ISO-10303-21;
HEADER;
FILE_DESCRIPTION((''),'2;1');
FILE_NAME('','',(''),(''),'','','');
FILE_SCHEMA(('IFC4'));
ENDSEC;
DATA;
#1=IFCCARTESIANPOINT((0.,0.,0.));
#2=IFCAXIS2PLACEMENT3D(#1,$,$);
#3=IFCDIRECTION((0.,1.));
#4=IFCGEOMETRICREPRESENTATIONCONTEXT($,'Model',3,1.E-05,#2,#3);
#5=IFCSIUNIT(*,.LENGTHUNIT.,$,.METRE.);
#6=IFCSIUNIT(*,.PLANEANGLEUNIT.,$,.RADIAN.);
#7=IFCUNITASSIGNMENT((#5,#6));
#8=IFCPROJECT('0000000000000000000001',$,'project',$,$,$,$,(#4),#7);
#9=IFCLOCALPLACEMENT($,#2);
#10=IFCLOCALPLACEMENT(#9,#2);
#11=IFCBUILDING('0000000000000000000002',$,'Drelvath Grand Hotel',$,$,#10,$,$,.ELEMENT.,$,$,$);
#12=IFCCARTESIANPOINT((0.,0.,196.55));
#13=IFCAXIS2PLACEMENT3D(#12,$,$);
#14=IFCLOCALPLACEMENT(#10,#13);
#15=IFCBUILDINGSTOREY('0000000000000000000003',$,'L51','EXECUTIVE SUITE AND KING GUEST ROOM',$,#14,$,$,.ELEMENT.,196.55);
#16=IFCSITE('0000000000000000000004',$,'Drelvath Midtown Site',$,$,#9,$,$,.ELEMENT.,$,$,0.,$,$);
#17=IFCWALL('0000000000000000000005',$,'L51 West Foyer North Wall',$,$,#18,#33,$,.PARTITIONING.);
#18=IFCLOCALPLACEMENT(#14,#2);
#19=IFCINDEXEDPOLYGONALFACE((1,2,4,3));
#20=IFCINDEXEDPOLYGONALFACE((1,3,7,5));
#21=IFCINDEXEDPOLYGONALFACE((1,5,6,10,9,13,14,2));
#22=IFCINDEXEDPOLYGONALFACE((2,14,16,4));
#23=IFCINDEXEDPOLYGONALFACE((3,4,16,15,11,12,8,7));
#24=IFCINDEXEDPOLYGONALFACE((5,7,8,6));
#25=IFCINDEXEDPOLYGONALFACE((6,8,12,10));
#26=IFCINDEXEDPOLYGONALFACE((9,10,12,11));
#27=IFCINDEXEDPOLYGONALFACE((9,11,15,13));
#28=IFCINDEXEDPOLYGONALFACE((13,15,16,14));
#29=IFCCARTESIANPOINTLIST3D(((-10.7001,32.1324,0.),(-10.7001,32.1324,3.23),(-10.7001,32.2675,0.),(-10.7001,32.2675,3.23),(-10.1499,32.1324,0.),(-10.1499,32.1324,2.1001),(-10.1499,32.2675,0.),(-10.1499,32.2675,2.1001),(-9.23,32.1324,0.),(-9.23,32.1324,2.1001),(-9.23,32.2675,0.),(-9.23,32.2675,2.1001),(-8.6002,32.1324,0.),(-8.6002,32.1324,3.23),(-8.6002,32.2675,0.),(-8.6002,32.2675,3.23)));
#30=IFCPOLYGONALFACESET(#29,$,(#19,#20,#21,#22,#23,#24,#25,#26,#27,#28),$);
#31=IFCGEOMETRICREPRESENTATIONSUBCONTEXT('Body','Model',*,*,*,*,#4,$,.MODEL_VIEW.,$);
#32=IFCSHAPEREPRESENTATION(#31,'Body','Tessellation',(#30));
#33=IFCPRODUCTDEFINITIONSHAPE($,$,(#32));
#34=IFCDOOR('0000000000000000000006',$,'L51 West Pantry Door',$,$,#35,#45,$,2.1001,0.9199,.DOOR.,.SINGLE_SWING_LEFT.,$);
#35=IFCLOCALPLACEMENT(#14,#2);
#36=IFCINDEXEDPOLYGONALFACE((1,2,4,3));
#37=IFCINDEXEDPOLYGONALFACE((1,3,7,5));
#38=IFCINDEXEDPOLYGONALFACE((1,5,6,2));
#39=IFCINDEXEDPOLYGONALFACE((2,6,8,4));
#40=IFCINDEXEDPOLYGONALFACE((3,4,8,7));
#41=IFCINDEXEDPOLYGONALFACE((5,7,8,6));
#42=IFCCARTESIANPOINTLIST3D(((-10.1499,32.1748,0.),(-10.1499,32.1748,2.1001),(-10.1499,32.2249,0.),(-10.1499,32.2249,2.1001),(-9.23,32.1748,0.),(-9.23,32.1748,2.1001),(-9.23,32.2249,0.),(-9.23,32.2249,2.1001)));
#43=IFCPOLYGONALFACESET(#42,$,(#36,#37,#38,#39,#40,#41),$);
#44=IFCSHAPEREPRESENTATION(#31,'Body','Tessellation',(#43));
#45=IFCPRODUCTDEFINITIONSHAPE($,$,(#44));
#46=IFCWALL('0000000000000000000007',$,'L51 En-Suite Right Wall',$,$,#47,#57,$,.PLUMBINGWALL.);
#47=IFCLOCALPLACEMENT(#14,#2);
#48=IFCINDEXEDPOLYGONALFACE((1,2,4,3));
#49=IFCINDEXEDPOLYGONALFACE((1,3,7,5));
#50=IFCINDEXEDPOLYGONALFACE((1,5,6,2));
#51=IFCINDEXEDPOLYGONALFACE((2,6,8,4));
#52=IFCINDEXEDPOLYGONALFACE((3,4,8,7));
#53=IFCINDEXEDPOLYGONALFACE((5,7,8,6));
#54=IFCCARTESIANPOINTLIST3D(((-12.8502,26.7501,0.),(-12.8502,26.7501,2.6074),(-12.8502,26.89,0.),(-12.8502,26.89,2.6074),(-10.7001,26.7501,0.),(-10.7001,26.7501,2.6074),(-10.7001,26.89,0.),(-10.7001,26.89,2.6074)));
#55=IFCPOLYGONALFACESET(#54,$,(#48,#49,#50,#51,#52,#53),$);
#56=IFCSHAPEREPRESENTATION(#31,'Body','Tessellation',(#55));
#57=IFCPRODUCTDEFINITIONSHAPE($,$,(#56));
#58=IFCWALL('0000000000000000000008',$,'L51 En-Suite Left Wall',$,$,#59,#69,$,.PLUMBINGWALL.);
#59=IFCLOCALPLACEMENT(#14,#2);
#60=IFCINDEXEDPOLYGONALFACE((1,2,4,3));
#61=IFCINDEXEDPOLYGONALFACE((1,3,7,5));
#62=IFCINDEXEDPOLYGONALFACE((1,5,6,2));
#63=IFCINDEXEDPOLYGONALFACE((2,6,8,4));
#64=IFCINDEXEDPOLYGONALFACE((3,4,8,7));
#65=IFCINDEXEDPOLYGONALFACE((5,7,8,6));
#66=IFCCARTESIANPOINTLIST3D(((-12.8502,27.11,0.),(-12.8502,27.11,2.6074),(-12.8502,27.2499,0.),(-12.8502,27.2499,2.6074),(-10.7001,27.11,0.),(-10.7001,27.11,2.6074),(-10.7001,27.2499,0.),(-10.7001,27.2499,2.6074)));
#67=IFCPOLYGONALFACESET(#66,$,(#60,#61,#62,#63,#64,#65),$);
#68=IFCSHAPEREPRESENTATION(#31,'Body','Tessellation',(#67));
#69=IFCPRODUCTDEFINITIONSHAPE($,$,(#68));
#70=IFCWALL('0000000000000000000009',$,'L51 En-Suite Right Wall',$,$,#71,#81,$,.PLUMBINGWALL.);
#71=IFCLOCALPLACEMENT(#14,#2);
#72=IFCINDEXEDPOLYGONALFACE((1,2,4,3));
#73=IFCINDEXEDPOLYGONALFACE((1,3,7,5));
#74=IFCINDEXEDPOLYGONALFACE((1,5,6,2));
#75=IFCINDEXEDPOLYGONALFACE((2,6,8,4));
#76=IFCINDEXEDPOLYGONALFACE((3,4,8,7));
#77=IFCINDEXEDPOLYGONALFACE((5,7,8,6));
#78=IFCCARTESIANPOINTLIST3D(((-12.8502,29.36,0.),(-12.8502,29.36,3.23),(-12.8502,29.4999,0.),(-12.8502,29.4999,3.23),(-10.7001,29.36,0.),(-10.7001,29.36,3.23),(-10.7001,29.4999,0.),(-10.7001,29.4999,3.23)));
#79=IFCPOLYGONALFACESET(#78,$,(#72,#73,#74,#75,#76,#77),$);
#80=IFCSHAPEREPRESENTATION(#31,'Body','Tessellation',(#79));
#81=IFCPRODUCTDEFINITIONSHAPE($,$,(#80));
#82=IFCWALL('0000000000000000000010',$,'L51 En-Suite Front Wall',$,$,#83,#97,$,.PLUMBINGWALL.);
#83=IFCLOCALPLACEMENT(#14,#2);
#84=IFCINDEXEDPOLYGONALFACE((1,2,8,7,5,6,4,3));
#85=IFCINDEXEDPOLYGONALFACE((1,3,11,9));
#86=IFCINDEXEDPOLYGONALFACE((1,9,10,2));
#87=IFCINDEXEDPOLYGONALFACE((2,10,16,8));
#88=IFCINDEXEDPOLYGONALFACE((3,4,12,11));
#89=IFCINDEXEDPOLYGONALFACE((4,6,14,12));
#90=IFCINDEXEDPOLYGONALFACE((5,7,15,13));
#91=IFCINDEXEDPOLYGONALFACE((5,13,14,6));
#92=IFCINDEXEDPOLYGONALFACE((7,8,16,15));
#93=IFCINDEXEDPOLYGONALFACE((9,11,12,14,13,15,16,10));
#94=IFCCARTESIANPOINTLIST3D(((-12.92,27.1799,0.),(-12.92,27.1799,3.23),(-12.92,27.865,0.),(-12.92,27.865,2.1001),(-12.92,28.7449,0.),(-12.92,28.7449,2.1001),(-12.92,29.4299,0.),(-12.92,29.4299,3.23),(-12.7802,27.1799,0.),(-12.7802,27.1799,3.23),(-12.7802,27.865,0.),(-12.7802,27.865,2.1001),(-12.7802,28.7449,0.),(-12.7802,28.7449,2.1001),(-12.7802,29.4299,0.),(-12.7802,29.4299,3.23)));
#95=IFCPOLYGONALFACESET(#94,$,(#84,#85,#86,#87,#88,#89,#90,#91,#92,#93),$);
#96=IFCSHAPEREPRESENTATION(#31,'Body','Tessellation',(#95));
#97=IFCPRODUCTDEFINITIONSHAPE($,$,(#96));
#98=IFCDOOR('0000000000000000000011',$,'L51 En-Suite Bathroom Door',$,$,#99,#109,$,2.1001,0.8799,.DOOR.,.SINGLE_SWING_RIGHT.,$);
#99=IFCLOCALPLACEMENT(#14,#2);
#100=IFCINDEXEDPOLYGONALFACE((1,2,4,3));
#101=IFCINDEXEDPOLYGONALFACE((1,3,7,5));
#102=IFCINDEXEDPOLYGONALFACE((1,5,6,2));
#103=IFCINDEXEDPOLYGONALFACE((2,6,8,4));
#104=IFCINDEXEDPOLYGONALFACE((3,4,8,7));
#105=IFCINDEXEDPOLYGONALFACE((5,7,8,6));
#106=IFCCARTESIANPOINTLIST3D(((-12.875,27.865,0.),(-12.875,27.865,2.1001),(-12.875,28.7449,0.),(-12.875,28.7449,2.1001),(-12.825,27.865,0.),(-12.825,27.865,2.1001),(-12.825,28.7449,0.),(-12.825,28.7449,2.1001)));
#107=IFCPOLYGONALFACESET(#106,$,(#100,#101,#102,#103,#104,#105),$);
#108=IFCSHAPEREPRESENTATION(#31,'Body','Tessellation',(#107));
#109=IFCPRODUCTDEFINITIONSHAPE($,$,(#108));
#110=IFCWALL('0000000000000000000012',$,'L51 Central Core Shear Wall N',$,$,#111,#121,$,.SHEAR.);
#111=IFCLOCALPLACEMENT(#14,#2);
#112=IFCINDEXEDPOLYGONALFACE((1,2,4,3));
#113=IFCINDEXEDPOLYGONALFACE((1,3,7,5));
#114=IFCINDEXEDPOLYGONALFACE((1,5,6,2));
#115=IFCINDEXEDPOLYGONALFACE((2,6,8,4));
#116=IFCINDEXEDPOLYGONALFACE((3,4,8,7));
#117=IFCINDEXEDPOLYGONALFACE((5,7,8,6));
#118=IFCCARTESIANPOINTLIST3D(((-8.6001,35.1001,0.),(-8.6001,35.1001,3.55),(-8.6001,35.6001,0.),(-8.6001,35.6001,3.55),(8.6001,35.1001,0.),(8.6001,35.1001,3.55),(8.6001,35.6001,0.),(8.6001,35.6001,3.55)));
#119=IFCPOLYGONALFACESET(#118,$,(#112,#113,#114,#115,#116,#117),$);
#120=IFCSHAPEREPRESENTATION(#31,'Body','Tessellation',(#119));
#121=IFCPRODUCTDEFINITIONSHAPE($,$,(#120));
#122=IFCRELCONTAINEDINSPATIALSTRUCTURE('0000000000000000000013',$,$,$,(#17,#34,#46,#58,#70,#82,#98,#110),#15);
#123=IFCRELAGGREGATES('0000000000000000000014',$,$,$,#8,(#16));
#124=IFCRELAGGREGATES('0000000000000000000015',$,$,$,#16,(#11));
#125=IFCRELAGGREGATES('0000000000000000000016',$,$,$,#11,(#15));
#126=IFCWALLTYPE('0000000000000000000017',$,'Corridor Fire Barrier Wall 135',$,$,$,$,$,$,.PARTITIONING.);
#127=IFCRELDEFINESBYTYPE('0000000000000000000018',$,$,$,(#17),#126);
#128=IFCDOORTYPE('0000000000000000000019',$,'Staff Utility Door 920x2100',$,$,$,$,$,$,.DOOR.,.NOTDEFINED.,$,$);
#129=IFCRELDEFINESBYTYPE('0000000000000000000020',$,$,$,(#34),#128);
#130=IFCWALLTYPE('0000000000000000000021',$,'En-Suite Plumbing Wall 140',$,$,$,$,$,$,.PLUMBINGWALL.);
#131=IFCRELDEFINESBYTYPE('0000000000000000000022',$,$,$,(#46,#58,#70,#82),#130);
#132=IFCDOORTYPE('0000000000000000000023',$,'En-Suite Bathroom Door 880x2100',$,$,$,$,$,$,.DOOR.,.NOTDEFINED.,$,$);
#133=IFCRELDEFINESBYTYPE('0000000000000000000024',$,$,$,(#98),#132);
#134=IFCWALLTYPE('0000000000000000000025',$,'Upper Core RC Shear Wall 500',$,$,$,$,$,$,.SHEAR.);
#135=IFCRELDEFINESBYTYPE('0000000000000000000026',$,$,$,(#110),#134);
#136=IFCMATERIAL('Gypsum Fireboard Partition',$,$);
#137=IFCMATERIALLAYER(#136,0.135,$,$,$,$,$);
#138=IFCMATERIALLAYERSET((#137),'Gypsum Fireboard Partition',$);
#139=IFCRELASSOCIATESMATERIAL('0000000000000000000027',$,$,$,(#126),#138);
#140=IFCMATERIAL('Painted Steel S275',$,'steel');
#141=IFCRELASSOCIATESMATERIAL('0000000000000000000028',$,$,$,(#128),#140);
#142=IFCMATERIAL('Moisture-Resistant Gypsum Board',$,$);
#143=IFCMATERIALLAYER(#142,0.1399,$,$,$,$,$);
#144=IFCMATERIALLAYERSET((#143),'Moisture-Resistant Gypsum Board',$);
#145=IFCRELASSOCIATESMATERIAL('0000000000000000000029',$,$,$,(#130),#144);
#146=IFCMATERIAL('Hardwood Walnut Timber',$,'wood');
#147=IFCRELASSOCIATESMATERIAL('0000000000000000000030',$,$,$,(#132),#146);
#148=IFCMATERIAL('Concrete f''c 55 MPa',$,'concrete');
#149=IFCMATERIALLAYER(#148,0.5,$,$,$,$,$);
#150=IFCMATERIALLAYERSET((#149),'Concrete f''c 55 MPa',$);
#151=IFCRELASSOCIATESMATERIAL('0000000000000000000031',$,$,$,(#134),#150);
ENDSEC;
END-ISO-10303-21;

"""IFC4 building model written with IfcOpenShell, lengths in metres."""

from ifc_helpers import new_model, si_unit, direction, frame, frame_2d, origin, place, context, subcontext, project, spatial, rectangle, extrude, material, layer, layer_set, type_object, element, fill, save


model = new_model("IFC4")

# Units and contexts
model_context = context("Model", 3, precision=1e-05, world=origin(), true_north=direction((0.0, 1.0)))
body_context = subcontext(model_context, "Body", "Model", "MODEL_VIEW")
ifc_project = project(units=[si_unit("LENGTHUNIT", "METRE"), si_unit("PLANEANGLEUNIT", "RADIAN")], contexts=[model_context])

# Site, building, storey
site_placement = place(None, origin())
site = spatial("IfcSite", under=ifc_project, at=site_placement, Name="Drelvath Midtown Site", CompositionType="ELEMENT", RefElevation=0.0)
building_placement = place(site_placement, origin())
building = spatial("IfcBuilding", under=site, at=building_placement, Name="Drelvath Grand Hotel", CompositionType="ELEMENT")
storey_placement = place(building_placement, frame((0.0, 0.0, 196.55)))
storey = spatial("IfcBuildingStorey", under=building, at=storey_placement, Name="L51", Description="EXECUTIVE SUITE AND KING GUEST ROOM", CompositionType="ELEMENT", Elevation=196.55)

# Shared definitions
ifc_material_1 = material(Name="Concrete f'c 55 MPa", Category="concrete")

# Wall, opening, door
ifc_material_2 = material(Name="Gypsum Fireboard Partition")
ifc_layer_1 = layer(ifc_material_2, 0.135)
ifc_layer_set_1 = layer_set([ifc_layer_1], Name="Gypsum Fireboard Partition")
wall_type_1 = type_object("IfcWallType", Name="Corridor Fire Barrier Wall 135", PredefinedType="PARTITIONING", material=ifc_layer_set_1)
wall_1_placement = place(storey_placement, frame((-10.7, 32.2, 0.0), z_axis=(0.0, 0.0, 1.0), x_axis=(1.0, 0.0, 0.0)))
wall_1 = element("IfcWall", 1, at=wall_1_placement, inside=storey, type_object=wall_type_1, Name="L51 West Foyer North Wall", PredefinedType="PARTITIONING", context=body_context, shape_type="SweptSolid", body=[
    extrude(rectangle(XDim=2.0999, YDim=0.135, at=frame_2d((1.0498, 0.0))), origin(), (0.0, 0.0, 1.0), 3.23),
])
opening_1_placement = place(wall_1_placement, frame((0.55, 0.0, 0.0)))
opening_1 = element("IfcOpeningElement", 2, at=opening_1_placement, cuts=wall_1, PredefinedType="OPENING", context=body_context, shape_type="SweptSolid", body=[
    extrude(rectangle(XDim=0.9199, YDim=2.1001, at=frame_2d((0.46, 1.05))), frame((0.0, 0.0774, 0.0), z_axis=(0.0, -1.0, 0.0), x_axis=(1.0, 0.0, 0.0)), (0.0, 0.0, 1.0), 0.155),
])
ifc_material_3 = material(Name="Painted Steel S275", Category="steel")
door_type_1 = type_object("IfcDoorType", Name="Staff Utility Door 920x2100", OperationType="NOTDEFINED", PredefinedType="DOOR", material=ifc_material_3)
door_1_placement = place(opening_1_placement, origin())
door_1 = element("IfcDoor", 3, at=door_1_placement, inside=storey, type_object=door_type_1, Name="L51 West Pantry Door", OperationType="SINGLE_SWING_LEFT", OverallHeight=2.1001, OverallWidth=0.9199, PredefinedType="DOOR", context=body_context, shape_type="SweptSolid", body=[
    extrude(rectangle(XDim=0.9199, YDim=2.1001, at=frame_2d((0.46, 1.05))), frame((0.0, 0.0249, 0.0), z_axis=(0.0, -1.0, 0.0), x_axis=(1.0, 0.0, 0.0)), (0.0, 0.0, 1.0), 0.05),
])
fill(opening_1, door_1)

# Walls
ifc_material_4 = material(Name="Moisture-Resistant Gypsum Board")
ifc_layer_2 = layer(ifc_material_4, 0.1399)
ifc_layer_set_2 = layer_set([ifc_layer_2], Name="Moisture-Resistant Gypsum Board")
wall_type_2 = type_object("IfcWallType", Name="En-Suite Plumbing Wall 140", PredefinedType="PLUMBINGWALL", material=ifc_layer_set_2)
for number, where, z_axis, x_axis, name in (
    (4, (-10.7, 26.8201, 0.0), (0.0, 0.0, 1.0), (-1.0, 0.0, 0.0), "L51 En-Suite Right Wall"),
    (5, (-10.7, 27.1799, 0.0), (0.0, 0.0, 1.0), (-1.0, 0.0, 0.0), "L51 En-Suite Left Wall"),
):
    element("IfcWall", number, at=place(storey_placement, frame(where, z_axis=z_axis, x_axis=x_axis)), inside=storey, type_object=wall_type_2, Name=name, PredefinedType="PLUMBINGWALL", context=body_context, shape_type="SweptSolid", body=[
        extrude(rectangle(XDim=2.1501, YDim=0.1399, at=frame_2d((1.0752, 0.0))), origin(), (0.0, 0.0, 1.0), 2.6074),
    ])
wall_2_placement = place(storey_placement, frame((-10.7, 29.4299, 0.0), z_axis=(0.0, 0.0, 1.0), x_axis=(-1.0, 0.0, 0.0)))
element("IfcWall", 6, at=wall_2_placement, inside=storey, type_object=wall_type_2, Name="L51 En-Suite Right Wall", PredefinedType="PLUMBINGWALL", context=body_context, shape_type="SweptSolid", body=[
    extrude(rectangle(XDim=2.1501, YDim=0.1399, at=frame_2d((1.0752, 0.0))), origin(), (0.0, 0.0, 1.0), 3.23),
])

# Wall, opening, door
wall_3_placement = place(storey_placement, frame((-12.8501, 27.1799, 0.0), z_axis=(0.0, 0.0, 1.0), x_axis=(0.0, 1.0, 0.0)))
wall_3 = element("IfcWall", 7, at=wall_3_placement, inside=storey, type_object=wall_type_2, Name="L51 En-Suite Front Wall", PredefinedType="PLUMBINGWALL", context=body_context, shape_type="SweptSolid", body=[
    extrude(rectangle(XDim=2.25, YDim=0.1399, at=frame_2d((1.125, 0.0))), origin(), (0.0, 0.0, 1.0), 3.23),
])
opening_2_placement = place(wall_3_placement, frame((0.6851, 0.0, 0.0)))
opening_2 = element("IfcOpeningElement", 8, at=opening_2_placement, cuts=wall_3, PredefinedType="OPENING", context=body_context, shape_type="SweptSolid", body=[
    extrude(rectangle(XDim=0.8799, YDim=2.1001, at=frame_2d((0.4399, 1.05))), frame((0.0, 0.0798, 0.0), z_axis=(0.0, -1.0, 0.0), x_axis=(1.0, 0.0, 0.0)), (0.0, 0.0, 1.0), 0.1599),
])
ifc_material_5 = material(Name="Hardwood Walnut Timber", Category="wood")
door_type_2 = type_object("IfcDoorType", Name="En-Suite Bathroom Door 880x2100", OperationType="NOTDEFINED", PredefinedType="DOOR", material=ifc_material_5)
door_2_placement = place(opening_2_placement, origin())
door_2 = element("IfcDoor", 9, at=door_2_placement, inside=storey, type_object=door_type_2, Name="L51 En-Suite Bathroom Door", OperationType="SINGLE_SWING_RIGHT", OverallHeight=2.1001, OverallWidth=0.8799, PredefinedType="DOOR", context=body_context, shape_type="SweptSolid", body=[
    extrude(rectangle(XDim=0.8799, YDim=2.1001, at=frame_2d((0.4399, 1.05))), frame((0.0, 0.0249, 0.0), z_axis=(0.0, -1.0, 0.0), x_axis=(1.0, 0.0, 0.0)), (0.0, 0.0, 1.0), 0.05),
])
fill(opening_2, door_2)

# Wall
ifc_layer_3 = layer(ifc_material_1, 0.5)
ifc_layer_set_3 = layer_set([ifc_layer_3], Name="Concrete f'c 55 MPa")
wall_type_3 = type_object("IfcWallType", Name="Upper Core RC Shear Wall 500", PredefinedType="SHEAR", material=ifc_layer_set_3)
wall_4_placement = place(storey_placement, frame((-8.6001, 35.3501, 0.0), z_axis=(0.0, 0.0, 1.0), x_axis=(1.0, 0.0, 0.0)))
element("IfcWall", 10, at=wall_4_placement, inside=storey, type_object=wall_type_3, Name="L51 Central Core Shear Wall N", PredefinedType="SHEAR", context=body_context, shape_type="SweptSolid", body=[
    extrude(rectangle(XDim=17.2002, YDim=0.5, at=frame_2d((8.6001, 0.0))), origin(), (0.0, 0.0, 1.0), 3.55),
])

save(model, "model.ifc")
